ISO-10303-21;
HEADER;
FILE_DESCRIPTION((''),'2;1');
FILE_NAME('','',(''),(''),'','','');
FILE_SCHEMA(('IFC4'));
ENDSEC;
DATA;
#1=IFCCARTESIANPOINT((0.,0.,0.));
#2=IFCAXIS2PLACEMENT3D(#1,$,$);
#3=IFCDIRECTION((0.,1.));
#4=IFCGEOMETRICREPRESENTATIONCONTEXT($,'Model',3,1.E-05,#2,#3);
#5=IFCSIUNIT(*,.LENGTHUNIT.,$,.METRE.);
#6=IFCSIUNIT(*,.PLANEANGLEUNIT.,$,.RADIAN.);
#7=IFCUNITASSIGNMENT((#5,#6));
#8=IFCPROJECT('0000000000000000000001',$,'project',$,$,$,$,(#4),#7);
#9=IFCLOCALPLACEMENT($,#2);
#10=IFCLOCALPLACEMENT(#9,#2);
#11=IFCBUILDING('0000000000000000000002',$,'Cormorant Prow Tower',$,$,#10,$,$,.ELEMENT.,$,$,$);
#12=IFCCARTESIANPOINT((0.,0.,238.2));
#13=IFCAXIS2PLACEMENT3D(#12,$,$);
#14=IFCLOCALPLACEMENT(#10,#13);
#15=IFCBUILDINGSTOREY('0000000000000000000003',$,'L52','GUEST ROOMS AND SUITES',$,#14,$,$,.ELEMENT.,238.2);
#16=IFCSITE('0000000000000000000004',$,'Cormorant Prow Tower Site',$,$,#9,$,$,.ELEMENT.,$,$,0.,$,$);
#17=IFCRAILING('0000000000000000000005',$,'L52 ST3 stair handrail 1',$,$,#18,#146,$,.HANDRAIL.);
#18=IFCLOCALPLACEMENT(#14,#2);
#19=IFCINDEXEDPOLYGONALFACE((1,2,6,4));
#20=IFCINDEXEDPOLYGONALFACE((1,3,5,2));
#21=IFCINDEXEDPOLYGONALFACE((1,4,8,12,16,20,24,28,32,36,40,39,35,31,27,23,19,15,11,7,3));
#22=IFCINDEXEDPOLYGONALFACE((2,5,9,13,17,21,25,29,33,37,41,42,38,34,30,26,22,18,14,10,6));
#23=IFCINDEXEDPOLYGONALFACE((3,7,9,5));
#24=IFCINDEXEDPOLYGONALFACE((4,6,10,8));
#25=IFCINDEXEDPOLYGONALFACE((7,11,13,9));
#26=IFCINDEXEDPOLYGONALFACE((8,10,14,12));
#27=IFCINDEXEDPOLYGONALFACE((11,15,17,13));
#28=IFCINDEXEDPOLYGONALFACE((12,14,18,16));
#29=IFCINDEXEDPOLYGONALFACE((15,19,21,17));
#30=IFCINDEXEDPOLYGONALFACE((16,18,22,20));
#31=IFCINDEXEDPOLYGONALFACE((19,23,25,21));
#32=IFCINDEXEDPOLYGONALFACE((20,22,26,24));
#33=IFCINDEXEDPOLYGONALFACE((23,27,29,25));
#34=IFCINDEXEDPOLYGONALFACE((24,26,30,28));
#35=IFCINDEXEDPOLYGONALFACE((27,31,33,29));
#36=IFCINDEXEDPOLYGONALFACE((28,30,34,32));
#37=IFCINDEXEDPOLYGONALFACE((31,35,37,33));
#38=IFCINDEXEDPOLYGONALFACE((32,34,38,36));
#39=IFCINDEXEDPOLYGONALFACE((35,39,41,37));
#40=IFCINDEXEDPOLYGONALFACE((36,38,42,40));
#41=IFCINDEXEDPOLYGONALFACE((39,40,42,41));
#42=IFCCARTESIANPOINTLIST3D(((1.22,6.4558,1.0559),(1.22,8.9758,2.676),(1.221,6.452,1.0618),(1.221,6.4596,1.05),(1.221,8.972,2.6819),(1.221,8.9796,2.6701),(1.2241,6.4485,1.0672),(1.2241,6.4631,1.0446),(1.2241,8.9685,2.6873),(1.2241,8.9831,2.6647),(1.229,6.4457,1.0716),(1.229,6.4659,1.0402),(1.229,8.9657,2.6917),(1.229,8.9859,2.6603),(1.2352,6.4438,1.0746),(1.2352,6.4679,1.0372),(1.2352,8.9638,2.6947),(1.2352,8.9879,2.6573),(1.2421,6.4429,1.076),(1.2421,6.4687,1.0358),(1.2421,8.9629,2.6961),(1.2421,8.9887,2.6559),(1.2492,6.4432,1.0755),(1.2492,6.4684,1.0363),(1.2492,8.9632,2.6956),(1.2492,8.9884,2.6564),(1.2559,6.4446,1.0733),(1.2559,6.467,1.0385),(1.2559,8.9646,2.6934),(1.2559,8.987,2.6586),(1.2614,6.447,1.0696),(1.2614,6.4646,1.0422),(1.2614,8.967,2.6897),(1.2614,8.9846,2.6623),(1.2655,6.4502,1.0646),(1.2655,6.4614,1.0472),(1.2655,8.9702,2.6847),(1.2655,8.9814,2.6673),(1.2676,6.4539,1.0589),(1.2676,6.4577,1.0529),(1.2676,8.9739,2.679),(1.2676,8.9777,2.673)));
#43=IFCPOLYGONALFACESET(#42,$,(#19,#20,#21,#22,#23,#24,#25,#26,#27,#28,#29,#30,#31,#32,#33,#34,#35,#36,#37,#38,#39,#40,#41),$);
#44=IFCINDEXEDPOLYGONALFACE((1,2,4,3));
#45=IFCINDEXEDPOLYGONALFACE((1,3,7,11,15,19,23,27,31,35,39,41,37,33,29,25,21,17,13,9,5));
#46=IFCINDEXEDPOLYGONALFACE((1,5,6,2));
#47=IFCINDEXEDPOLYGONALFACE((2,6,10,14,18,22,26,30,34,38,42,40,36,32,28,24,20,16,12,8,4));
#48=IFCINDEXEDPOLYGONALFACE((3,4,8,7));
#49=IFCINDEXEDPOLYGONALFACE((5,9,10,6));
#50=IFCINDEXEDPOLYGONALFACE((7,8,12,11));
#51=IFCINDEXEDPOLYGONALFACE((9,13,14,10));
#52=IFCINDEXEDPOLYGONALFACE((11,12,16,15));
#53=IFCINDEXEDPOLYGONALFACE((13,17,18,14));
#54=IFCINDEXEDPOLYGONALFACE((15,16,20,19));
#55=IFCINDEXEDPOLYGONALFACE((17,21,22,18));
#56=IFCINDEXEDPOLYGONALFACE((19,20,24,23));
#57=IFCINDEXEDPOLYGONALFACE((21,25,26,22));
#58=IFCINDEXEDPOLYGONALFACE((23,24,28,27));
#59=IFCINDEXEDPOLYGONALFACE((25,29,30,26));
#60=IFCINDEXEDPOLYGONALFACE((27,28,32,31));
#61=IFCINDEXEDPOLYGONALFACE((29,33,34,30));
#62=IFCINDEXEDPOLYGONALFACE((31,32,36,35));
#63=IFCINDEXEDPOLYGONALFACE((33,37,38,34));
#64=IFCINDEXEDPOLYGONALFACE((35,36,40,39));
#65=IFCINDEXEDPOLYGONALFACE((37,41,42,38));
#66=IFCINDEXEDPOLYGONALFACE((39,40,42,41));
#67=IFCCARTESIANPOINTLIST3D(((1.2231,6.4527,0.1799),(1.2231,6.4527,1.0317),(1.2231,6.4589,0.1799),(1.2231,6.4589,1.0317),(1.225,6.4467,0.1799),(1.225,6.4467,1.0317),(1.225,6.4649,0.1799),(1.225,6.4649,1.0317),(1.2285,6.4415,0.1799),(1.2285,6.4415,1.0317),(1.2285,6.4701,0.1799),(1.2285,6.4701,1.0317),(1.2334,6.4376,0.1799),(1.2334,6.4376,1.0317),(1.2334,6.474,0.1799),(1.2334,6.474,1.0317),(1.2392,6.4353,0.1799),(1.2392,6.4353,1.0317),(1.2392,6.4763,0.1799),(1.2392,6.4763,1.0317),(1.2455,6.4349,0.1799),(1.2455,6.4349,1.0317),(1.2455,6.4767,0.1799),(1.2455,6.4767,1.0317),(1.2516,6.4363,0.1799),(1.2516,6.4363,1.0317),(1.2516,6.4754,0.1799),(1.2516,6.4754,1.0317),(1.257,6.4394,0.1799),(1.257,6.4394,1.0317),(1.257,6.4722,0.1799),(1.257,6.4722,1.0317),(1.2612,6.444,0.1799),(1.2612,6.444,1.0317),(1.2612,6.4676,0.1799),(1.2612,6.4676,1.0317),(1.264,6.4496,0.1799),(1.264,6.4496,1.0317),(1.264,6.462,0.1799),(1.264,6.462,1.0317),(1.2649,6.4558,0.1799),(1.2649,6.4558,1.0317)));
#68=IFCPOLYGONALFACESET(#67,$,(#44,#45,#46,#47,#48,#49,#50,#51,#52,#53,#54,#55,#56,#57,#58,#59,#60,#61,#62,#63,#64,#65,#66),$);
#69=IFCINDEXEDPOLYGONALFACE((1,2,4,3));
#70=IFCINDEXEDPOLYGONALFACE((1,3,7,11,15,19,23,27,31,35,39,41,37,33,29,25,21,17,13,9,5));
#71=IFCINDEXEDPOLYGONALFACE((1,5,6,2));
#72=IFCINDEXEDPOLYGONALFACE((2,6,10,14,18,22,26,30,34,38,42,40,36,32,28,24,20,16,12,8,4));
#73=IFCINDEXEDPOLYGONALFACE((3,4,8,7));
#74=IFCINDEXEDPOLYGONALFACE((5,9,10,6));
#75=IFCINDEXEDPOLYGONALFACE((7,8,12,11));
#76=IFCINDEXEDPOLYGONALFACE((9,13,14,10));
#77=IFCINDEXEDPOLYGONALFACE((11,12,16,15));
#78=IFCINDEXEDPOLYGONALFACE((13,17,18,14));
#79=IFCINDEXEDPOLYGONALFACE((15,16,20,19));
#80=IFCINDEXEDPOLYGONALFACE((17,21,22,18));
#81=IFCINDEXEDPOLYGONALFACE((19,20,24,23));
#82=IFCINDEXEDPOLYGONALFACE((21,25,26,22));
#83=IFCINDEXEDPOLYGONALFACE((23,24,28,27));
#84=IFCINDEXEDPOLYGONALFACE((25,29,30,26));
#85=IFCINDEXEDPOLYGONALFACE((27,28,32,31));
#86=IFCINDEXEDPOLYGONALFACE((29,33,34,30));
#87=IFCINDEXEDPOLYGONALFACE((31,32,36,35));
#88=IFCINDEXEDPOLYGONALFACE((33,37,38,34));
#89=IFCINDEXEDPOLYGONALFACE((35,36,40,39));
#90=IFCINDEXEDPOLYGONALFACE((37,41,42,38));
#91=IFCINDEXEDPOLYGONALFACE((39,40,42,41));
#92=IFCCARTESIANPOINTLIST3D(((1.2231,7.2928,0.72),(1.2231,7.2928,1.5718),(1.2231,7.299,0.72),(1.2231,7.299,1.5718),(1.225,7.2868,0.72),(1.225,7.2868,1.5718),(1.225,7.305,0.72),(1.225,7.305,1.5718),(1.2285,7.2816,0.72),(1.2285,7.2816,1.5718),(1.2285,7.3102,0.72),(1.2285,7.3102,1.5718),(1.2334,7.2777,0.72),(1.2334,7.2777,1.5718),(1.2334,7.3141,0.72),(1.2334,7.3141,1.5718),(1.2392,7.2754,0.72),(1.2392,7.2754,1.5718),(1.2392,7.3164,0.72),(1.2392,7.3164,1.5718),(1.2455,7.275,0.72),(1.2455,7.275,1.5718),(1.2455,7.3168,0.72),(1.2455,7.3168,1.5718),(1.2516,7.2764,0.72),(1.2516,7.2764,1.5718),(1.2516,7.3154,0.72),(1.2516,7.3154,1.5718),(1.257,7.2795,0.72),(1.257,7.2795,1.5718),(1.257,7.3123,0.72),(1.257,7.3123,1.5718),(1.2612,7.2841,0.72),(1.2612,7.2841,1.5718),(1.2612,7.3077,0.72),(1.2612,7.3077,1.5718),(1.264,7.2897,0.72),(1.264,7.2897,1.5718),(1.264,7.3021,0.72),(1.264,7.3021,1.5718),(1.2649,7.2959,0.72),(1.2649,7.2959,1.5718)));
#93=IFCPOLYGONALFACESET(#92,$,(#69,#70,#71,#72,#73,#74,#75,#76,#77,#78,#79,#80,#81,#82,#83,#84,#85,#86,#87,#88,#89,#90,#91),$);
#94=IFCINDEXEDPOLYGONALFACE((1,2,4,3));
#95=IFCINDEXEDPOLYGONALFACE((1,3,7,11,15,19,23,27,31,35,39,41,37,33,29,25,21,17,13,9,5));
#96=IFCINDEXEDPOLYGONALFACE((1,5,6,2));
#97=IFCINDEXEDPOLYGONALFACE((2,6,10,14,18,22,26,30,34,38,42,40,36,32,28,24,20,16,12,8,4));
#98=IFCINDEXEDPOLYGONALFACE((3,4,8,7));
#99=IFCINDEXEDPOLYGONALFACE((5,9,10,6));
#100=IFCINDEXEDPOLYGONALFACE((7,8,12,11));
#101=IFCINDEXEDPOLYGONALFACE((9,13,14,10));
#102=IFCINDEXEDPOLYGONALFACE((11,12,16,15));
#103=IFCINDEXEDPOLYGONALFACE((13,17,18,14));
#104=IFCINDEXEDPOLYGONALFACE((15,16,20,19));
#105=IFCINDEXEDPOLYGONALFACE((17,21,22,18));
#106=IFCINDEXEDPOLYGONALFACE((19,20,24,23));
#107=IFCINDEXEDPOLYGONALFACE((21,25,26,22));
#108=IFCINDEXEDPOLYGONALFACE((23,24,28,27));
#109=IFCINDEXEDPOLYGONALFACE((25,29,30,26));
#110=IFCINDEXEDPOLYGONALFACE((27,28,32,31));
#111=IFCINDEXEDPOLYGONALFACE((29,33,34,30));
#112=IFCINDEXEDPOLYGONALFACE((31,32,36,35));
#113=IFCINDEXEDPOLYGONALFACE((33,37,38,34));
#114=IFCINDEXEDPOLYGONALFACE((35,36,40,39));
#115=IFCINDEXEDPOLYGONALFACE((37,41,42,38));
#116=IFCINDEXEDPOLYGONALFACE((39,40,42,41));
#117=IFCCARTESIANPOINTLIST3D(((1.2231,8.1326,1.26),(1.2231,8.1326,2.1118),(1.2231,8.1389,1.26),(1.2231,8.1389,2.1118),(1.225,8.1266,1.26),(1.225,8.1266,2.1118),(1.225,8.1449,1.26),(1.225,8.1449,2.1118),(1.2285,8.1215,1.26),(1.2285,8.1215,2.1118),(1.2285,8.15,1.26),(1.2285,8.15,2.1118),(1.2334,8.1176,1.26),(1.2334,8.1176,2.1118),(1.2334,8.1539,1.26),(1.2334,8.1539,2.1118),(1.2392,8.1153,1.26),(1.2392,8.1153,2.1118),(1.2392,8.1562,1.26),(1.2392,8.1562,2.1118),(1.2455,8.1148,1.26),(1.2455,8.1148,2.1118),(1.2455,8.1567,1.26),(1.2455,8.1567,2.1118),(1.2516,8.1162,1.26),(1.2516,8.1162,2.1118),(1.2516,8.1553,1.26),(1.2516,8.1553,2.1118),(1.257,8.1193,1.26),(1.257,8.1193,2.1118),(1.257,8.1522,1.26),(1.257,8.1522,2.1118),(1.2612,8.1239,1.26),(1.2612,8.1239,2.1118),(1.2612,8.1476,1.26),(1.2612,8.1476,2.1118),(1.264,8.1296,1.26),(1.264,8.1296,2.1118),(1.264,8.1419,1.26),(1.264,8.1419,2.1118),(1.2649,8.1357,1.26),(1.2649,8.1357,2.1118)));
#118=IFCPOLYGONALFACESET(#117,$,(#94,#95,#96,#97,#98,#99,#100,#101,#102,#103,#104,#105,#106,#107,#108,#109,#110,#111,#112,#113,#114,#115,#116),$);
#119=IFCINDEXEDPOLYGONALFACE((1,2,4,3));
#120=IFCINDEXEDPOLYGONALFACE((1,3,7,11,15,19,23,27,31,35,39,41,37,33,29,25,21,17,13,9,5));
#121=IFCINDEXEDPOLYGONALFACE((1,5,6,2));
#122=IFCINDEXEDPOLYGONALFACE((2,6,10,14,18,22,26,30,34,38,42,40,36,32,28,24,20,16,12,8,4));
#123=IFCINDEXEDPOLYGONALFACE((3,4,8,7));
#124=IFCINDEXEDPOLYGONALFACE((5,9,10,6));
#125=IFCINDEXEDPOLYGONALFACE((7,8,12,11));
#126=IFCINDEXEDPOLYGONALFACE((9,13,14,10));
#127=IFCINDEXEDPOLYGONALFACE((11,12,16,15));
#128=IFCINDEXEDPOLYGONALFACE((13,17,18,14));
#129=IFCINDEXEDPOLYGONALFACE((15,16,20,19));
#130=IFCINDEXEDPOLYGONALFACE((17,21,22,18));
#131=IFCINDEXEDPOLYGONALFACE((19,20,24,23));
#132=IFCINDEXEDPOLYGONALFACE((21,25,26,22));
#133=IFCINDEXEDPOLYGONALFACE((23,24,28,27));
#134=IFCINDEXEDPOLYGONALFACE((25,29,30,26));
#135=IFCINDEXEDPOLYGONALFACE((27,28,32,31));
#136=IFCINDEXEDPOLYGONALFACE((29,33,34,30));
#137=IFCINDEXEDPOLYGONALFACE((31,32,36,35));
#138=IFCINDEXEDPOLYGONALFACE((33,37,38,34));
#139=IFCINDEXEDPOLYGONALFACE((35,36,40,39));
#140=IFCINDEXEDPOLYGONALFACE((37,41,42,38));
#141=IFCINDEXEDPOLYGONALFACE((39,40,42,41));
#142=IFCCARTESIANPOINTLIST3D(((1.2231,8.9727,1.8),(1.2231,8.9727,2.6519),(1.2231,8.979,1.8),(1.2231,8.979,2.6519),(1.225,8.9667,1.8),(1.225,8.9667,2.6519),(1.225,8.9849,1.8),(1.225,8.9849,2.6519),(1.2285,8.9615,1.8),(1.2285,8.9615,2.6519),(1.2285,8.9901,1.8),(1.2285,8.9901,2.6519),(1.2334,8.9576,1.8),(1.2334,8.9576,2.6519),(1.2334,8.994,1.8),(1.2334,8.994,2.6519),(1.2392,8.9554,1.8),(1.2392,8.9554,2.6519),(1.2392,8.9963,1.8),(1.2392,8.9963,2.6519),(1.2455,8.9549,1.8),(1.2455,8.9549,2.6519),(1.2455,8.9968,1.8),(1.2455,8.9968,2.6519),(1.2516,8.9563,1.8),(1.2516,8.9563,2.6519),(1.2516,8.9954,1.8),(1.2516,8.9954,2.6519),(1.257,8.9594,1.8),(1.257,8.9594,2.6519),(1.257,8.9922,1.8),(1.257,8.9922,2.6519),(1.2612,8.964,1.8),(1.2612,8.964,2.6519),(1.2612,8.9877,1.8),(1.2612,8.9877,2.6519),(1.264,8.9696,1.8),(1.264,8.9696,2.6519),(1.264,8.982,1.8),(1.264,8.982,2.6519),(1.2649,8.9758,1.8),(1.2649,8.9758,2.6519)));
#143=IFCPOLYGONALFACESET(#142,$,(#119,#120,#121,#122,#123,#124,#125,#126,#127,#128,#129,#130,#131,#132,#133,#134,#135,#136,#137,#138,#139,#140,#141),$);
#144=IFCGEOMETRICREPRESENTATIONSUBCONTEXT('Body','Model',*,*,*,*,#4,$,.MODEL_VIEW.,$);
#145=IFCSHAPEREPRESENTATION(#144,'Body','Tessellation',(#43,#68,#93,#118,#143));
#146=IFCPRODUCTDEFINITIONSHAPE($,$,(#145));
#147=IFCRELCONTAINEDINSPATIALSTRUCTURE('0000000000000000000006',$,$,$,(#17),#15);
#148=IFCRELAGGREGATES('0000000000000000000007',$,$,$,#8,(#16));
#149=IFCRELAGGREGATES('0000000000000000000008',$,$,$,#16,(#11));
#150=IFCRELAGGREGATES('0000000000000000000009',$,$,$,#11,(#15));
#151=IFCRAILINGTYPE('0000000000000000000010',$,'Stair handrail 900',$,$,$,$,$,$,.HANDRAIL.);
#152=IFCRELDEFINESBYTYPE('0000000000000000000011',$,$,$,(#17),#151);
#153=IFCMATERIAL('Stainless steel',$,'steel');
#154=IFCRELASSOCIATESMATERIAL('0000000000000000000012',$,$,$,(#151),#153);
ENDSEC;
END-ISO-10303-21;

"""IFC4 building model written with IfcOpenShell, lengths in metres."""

from ifc_helpers import new_model, si_unit, direction, frame, origin, origin_2d, place, context, subcontext, project, spatial, circle, extrude, material, type_object, element, save


model = new_model("IFC4")

# Units and contexts
model_context = context("Model", 3, precision=1e-05, world=origin(), true_north=direction((0.0, 1.0)))
body_context = subcontext(model_context, "Body", "Model", "MODEL_VIEW")
ifc_project = project(units=[si_unit("LENGTHUNIT", "METRE"), si_unit("PLANEANGLEUNIT", "RADIAN")], contexts=[model_context])

# Site, building, storey
site_placement = place(None, origin())
site = spatial("IfcSite", under=ifc_project, at=site_placement, Name="Cormorant Prow Tower Site", CompositionType="ELEMENT", RefElevation=0.0)
building_placement = place(site_placement, origin())
building = spatial("IfcBuilding", under=site, at=building_placement, Name="Cormorant Prow Tower", CompositionType="ELEMENT")
storey_placement = place(building_placement, frame((0.0, 0.0, 238.2)))
storey = spatial("IfcBuildingStorey", under=building, at=storey_placement, Name="L52", Description="GUEST ROOMS AND SUITES", CompositionType="ELEMENT", Elevation=238.2)

# Railing
ifc_material_1 = material(Name="Stainless steel", Category="steel")
railing_type_1 = type_object("IfcRailingType", Name="Stair handrail 900", PredefinedType="HANDRAIL", material=ifc_material_1)
railing_1_placement = place(storey_placement, frame((1.2439, 6.4558, 0.1799)))
element("IfcRailing", 1, at=railing_1_placement, inside=storey, type_object=railing_type_1, Name="L52 ST3 stair handrail 1", PredefinedType="HANDRAIL", context=body_context, shape_type="SweptSolid", body=[
    extrude(circle(Radius=0.0239, at=origin_2d()), frame((0.0, 0.0, 0.876), z_axis=(0.0, 0.841163, 0.540782), x_axis=(-1.0, 0.0, 0.0)), (0.0, 0.0, 1.0), 2.9958),
    extrude(circle(Radius=0.021, at=origin_2d()), origin(), (0.0, 0.0, 1.0), 0.8518),
    extrude(circle(Radius=0.021, at=origin_2d()), frame((0.0, 0.8401, 0.54)), (0.0, 0.0, 1.0), 0.8518),
    extrude(circle(Radius=0.021, at=origin_2d()), frame((0.0, 1.6799, 1.0801)), (0.0, 0.0, 1.0), 0.8518),
    extrude(circle(Radius=0.021, at=origin_2d()), frame((0.0, 2.52, 1.6201)), (0.0, 0.0, 1.0), 0.8518),
])

save(model, "model.ifc")
